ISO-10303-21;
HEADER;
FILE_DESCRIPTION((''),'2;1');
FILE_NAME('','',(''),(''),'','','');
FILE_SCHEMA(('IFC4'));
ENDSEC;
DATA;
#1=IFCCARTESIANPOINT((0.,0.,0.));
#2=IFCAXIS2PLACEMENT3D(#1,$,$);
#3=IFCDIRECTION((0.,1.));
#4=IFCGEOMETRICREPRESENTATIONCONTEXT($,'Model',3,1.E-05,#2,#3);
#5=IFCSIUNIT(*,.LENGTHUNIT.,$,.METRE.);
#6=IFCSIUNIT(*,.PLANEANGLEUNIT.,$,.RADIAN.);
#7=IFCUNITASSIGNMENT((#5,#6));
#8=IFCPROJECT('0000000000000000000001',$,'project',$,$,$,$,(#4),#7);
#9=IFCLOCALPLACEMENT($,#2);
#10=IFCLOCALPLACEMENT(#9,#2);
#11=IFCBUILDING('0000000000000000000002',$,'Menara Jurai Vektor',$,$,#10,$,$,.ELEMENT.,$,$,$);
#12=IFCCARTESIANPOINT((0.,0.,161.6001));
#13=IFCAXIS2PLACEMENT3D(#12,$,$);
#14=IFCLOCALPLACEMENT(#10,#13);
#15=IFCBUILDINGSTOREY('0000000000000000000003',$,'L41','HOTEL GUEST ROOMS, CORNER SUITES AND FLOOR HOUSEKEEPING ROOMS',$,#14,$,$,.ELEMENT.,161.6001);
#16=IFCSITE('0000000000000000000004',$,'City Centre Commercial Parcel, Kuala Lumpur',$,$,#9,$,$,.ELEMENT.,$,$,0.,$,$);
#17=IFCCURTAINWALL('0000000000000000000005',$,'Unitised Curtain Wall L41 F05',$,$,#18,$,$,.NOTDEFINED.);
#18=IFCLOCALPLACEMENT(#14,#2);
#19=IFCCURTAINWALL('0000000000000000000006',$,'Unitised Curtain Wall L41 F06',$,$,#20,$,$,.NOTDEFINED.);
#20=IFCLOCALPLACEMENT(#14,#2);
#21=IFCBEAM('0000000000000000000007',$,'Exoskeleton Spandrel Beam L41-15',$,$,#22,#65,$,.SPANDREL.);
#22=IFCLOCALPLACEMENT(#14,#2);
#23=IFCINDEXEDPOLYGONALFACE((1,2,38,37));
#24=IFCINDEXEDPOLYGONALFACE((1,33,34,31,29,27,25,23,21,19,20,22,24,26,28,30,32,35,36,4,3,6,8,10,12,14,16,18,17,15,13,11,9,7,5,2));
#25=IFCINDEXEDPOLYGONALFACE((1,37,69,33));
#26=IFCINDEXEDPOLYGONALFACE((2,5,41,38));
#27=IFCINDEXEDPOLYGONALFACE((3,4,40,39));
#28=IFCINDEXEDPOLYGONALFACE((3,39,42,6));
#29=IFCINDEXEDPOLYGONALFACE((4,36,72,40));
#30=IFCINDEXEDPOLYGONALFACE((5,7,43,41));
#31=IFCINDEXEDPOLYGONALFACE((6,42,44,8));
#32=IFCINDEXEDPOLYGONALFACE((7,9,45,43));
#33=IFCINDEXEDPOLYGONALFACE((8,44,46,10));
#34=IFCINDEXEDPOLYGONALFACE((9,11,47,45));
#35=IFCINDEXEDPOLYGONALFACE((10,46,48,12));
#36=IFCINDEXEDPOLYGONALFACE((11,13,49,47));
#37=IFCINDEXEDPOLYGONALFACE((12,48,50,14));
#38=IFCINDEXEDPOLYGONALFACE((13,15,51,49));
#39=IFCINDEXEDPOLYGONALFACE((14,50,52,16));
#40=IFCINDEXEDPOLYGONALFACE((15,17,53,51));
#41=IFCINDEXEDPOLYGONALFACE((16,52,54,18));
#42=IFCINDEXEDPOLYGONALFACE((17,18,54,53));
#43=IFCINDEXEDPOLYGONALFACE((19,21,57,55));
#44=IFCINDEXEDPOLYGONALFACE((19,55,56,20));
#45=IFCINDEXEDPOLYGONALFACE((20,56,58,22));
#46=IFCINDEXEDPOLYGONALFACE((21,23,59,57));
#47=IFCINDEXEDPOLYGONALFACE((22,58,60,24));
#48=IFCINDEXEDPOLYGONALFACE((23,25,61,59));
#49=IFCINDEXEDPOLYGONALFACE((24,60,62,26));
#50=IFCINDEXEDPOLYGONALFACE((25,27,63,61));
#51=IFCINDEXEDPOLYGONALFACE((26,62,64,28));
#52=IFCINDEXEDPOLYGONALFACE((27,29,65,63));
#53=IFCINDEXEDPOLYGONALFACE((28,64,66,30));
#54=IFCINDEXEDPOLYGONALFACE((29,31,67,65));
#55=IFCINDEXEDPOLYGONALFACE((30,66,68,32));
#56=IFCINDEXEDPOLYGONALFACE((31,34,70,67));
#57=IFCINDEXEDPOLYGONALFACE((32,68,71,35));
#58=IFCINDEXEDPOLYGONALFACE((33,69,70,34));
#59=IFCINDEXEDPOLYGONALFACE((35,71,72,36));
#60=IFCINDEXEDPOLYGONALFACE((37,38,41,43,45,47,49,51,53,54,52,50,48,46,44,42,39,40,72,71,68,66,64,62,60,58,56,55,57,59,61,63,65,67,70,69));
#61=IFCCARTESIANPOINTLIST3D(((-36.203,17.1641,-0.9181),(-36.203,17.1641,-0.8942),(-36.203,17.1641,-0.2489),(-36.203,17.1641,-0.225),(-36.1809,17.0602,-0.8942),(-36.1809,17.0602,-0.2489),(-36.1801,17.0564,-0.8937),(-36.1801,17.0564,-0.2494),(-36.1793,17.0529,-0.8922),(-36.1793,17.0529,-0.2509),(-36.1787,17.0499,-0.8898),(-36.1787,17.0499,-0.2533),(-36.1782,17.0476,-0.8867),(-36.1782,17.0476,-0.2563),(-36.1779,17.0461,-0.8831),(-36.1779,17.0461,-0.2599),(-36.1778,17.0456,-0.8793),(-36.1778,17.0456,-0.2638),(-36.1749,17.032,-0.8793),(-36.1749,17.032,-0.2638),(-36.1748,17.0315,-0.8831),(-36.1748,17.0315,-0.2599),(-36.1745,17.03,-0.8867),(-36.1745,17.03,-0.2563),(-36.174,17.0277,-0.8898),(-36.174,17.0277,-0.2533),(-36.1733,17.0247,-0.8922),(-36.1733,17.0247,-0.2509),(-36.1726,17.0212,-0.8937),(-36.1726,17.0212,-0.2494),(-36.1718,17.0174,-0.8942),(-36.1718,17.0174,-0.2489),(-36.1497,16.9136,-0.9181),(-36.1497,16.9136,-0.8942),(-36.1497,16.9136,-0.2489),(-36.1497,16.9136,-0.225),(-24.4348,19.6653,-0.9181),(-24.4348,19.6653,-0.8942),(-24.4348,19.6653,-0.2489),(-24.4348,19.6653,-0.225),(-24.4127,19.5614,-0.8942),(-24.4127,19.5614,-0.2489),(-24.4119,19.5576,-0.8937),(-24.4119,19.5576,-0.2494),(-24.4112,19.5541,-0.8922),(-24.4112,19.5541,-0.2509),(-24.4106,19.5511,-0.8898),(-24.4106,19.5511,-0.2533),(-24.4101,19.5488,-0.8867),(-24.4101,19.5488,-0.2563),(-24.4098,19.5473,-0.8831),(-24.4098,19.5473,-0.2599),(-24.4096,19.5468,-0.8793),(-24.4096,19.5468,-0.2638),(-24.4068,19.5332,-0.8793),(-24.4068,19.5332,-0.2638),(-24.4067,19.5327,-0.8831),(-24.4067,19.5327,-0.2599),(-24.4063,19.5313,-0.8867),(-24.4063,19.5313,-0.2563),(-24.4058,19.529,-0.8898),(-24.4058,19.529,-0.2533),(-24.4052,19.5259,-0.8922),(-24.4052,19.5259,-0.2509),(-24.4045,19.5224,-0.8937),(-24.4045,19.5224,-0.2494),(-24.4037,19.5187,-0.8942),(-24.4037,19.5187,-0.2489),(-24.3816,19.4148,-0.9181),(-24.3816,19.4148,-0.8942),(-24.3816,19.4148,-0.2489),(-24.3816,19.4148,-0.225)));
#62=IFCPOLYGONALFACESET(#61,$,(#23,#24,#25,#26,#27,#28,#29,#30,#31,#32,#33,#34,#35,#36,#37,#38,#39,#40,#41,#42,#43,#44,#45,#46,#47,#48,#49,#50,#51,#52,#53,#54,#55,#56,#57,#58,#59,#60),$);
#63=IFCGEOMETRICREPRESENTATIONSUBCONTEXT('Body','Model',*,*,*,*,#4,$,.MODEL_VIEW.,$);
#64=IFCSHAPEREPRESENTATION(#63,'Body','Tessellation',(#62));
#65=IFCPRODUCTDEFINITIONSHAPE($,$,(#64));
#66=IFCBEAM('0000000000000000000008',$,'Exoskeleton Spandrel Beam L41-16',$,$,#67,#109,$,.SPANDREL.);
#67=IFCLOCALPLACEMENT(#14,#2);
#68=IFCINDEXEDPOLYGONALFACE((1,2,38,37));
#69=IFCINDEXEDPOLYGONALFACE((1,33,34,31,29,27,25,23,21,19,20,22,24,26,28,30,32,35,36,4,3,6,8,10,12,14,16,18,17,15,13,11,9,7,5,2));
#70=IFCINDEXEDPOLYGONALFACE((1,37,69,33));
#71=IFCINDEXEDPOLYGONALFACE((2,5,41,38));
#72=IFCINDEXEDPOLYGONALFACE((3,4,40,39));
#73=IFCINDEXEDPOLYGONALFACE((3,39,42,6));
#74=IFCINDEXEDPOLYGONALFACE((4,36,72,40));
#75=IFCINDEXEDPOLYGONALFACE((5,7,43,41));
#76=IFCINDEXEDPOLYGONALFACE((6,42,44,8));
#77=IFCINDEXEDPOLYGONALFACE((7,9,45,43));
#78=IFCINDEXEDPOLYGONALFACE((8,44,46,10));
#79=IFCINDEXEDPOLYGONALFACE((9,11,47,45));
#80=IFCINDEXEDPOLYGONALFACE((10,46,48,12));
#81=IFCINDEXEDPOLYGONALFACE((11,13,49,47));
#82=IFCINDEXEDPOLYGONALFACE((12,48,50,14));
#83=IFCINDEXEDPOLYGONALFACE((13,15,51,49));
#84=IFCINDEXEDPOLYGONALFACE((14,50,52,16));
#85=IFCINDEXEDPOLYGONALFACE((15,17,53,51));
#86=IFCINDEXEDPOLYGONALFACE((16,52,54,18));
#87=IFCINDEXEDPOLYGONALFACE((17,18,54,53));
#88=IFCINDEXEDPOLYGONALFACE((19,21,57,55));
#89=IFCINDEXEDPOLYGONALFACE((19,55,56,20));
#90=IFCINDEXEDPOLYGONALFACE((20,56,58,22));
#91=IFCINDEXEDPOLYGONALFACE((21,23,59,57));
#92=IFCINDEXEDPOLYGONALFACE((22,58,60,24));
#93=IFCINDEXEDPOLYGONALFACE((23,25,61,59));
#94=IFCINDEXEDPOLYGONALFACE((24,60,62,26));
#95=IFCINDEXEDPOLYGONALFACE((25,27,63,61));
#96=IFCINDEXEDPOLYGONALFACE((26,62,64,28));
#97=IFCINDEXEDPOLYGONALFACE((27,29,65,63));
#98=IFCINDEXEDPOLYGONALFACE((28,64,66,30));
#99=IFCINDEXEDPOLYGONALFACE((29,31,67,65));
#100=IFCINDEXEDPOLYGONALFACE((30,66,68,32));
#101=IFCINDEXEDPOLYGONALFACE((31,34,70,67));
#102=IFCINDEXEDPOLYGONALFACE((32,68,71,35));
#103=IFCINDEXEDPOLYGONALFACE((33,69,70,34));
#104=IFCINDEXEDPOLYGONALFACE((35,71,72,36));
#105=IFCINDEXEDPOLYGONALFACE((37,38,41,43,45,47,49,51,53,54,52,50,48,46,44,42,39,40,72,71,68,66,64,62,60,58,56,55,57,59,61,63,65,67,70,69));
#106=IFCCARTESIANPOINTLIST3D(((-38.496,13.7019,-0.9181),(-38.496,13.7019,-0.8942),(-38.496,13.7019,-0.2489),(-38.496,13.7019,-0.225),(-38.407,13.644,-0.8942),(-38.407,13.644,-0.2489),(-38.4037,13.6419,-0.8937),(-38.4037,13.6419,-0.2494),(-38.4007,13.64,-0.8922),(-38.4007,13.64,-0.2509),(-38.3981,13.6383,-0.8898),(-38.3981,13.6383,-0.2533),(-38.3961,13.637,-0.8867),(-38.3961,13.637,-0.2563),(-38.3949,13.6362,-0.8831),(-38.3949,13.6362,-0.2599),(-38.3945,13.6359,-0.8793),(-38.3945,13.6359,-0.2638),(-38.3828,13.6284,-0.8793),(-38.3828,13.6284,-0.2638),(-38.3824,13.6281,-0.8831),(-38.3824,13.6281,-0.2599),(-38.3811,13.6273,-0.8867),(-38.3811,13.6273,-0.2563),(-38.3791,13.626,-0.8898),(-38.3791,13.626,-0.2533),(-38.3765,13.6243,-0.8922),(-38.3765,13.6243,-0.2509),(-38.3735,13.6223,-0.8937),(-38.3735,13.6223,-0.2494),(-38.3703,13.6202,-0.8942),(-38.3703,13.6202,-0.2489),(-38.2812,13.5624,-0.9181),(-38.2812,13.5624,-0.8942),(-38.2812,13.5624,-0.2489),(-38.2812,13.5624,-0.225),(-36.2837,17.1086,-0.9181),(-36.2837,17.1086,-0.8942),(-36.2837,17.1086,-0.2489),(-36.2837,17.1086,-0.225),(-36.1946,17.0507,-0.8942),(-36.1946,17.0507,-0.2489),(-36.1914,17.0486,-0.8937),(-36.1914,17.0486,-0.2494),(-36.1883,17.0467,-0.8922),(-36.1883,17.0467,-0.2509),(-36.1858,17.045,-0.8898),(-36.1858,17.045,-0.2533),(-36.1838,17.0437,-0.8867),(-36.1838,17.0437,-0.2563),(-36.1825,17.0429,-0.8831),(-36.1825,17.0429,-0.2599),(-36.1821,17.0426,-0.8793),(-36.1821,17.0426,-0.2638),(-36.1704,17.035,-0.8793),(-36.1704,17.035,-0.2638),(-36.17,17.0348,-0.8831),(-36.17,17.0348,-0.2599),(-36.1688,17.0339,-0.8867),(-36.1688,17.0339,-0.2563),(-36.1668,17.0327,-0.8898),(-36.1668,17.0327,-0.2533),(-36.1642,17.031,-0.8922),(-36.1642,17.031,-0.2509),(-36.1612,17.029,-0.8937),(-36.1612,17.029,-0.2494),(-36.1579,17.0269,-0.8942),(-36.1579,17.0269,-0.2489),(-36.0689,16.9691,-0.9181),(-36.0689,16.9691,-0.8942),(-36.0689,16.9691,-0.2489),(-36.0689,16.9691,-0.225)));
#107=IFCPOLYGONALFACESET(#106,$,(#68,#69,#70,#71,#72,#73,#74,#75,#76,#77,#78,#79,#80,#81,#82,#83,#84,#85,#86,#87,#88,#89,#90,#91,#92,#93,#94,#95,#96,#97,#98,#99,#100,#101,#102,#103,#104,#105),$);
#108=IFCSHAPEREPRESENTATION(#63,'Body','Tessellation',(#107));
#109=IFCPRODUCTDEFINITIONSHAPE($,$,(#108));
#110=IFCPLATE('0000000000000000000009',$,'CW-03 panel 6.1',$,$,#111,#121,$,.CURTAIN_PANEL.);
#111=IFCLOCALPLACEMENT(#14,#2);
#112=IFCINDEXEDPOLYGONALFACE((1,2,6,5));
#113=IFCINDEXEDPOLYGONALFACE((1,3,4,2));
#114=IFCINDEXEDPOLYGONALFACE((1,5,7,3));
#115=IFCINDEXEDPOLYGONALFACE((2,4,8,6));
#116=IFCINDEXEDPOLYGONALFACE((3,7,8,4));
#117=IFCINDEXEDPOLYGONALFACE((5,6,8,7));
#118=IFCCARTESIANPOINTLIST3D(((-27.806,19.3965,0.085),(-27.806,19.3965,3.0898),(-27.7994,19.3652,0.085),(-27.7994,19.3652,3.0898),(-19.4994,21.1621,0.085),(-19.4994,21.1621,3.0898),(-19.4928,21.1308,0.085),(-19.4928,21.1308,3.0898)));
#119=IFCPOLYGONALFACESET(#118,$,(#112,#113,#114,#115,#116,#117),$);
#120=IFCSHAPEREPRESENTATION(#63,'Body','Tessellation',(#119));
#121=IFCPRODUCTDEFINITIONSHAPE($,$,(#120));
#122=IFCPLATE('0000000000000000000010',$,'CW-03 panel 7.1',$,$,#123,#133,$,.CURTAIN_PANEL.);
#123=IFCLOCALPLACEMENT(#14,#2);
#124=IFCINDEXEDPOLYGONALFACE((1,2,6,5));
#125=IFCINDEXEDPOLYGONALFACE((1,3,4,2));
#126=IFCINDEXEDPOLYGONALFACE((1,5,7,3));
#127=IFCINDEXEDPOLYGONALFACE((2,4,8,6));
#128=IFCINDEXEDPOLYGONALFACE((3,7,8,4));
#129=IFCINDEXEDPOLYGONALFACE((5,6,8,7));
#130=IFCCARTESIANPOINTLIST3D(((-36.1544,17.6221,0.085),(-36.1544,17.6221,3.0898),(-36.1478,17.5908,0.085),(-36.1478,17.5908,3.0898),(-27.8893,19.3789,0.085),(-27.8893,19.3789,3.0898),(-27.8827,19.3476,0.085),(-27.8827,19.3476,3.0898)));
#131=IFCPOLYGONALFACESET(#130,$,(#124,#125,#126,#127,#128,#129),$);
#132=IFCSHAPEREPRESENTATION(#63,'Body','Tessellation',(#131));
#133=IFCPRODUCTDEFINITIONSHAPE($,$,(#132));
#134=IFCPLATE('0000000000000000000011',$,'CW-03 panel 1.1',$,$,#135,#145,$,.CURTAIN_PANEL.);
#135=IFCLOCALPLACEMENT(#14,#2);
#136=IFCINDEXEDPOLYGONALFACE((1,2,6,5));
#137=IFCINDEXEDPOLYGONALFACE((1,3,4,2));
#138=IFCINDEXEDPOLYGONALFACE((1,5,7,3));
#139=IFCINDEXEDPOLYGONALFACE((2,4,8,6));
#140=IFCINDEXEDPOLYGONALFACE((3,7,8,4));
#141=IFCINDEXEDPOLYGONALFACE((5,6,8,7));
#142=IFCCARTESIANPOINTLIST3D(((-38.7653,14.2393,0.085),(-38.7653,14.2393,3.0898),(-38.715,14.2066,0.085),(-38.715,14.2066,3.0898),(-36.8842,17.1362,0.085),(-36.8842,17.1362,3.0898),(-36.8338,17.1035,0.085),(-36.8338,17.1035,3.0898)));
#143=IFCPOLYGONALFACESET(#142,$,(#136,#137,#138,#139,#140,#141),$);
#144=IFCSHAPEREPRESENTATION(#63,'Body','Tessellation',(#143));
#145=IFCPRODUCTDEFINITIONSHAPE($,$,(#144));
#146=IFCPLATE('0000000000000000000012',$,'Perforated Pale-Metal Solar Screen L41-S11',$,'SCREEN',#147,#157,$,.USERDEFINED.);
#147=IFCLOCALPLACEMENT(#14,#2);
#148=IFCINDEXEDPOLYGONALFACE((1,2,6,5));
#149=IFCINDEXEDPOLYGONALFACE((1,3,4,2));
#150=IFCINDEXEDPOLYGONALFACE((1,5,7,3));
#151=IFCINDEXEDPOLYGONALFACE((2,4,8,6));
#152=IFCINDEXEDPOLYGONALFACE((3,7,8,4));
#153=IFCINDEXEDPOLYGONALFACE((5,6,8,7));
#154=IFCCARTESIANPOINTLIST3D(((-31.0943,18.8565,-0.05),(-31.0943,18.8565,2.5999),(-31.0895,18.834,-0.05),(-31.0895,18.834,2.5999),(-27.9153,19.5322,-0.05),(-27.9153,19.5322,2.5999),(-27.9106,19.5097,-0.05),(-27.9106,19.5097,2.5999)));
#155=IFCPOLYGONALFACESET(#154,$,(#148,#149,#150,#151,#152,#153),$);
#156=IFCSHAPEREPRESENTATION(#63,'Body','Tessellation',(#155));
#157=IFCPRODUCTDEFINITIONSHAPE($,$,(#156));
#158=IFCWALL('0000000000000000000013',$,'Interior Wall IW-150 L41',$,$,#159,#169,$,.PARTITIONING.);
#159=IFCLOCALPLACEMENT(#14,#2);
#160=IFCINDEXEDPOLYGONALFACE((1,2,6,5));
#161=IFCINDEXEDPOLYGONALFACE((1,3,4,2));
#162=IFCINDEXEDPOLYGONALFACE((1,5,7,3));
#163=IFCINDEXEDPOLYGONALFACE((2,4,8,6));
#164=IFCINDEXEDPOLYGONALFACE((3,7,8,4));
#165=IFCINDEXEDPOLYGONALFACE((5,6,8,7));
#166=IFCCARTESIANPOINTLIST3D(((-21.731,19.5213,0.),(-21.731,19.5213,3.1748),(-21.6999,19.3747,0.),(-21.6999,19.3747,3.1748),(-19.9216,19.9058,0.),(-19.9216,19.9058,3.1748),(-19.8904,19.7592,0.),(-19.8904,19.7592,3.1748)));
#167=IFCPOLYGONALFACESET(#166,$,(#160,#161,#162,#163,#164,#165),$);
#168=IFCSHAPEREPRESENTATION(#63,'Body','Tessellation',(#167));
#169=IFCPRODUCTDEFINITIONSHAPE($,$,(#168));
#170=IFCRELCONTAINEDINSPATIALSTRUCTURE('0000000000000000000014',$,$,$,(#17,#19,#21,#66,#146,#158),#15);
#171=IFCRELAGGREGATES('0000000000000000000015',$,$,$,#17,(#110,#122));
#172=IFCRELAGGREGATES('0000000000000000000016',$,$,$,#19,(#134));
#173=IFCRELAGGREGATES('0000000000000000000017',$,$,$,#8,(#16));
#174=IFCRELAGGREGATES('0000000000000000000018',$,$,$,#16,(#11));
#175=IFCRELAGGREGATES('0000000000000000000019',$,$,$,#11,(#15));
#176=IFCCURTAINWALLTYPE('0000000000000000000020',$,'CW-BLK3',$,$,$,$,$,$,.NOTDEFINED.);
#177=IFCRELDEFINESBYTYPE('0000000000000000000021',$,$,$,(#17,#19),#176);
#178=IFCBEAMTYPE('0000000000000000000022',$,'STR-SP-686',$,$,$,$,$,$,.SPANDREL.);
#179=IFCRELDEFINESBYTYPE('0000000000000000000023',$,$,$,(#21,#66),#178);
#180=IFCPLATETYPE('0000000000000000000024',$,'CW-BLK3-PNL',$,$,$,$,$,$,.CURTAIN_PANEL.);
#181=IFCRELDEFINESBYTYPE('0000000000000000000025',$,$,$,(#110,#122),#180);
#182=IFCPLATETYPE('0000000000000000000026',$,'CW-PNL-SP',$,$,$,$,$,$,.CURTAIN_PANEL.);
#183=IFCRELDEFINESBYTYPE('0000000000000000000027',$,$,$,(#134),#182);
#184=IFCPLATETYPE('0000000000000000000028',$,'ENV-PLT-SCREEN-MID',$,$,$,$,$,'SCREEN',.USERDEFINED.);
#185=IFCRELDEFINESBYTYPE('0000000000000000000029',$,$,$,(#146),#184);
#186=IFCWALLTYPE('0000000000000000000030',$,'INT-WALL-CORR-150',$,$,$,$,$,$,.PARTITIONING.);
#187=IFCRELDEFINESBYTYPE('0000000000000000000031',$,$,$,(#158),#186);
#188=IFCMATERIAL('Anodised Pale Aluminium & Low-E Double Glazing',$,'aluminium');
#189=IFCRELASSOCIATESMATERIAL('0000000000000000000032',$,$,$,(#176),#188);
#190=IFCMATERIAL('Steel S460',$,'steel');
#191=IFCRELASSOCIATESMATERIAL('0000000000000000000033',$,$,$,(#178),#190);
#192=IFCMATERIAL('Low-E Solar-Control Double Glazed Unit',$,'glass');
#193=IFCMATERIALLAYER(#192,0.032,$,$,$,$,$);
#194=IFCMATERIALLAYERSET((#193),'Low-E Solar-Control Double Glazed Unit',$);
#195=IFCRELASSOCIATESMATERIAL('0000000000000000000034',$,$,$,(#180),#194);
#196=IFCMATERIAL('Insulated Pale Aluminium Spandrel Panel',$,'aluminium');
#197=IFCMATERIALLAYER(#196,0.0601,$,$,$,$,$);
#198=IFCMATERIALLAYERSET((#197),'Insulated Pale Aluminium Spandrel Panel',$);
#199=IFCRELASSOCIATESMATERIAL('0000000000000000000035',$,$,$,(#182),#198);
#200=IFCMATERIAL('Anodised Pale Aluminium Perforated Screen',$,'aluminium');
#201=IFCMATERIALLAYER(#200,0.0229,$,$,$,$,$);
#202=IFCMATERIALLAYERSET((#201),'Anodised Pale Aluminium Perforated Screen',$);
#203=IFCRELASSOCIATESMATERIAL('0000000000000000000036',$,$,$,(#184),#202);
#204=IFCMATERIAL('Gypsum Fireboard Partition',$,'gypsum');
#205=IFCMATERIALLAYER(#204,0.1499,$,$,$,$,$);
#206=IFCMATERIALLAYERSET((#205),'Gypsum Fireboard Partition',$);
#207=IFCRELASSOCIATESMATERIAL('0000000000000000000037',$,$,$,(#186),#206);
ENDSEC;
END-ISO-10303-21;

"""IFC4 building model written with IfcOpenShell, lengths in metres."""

from ifc_helpers import new_model, si_unit, direction, frame, frame_2d, origin, origin_2d, place, context, subcontext, project, spatial, rectangle, i_section, extrude, material, layer, layer_set, material_profile, profile_set, type_object, element, aggregate, save


model = new_model("IFC4")

# Units and contexts
model_context = context("Model", 3, precision=1e-05, world=origin(), true_north=direction((0.0, 1.0)))
body_context = subcontext(model_context, "Body", "Model", "MODEL_VIEW")
ifc_project = project(units=[si_unit("LENGTHUNIT", "METRE"), si_unit("PLANEANGLEUNIT", "RADIAN")], contexts=[model_context])

# Site, building, storey
site_placement = place(None, origin())
site = spatial("IfcSite", under=ifc_project, at=site_placement, Name="City Centre Commercial Parcel, Kuala Lumpur", CompositionType="ELEMENT", RefElevation=0.0)
building_placement = place(site_placement, origin())
building = spatial("IfcBuilding", under=site, at=building_placement, Name="Menara Jurai Vektor", CompositionType="ELEMENT")
storey_placement = place(building_placement, frame((0.0, 0.0, 161.6001)))
storey = spatial("IfcBuildingStorey", under=building, at=storey_placement, Name="L41", Description="HOTEL GUEST ROOMS, CORNER SUITES AND FLOOR HOUSEKEEPING ROOMS", CompositionType="ELEMENT", Elevation=161.6001)

# Shared definitions
ifc_material_1 = material(Name="Steel S460", Category="steel")

# Curtain walls
ifc_material_2 = material(Name="Anodised Pale Aluminium & Low-E Double Glazing", Category="aluminium")
curtain_wall_type = type_object("IfcCurtainWallType", Name="CW-BLK3", PredefinedType="NOTDEFINED", material=ifc_material_2)
curtain_wall_1_placement = place(storey_placement, origin())
curtain_wall_1 = element("IfcCurtainWall", 1, at=curtain_wall_1_placement, inside=storey, type_object=curtain_wall_type, Name="Unitised Curtain Wall L41 F05", PredefinedType="NOTDEFINED")
curtain_wall_2_placement = place(storey_placement, origin())
curtain_wall_2 = element("IfcCurtainWall", 2, at=curtain_wall_2_placement, inside=storey, type_object=curtain_wall_type, Name="Unitised Curtain Wall L41 F06", PredefinedType="NOTDEFINED")

# Beams
ifc_material_profile_1 = material_profile(ifc_material_1, i_section(OverallWidth=0.2561, OverallDepth=0.6931, WebThickness=0.0139, FlangeThickness=0.0239, FilletRadius=0.0149, at=origin_2d()), Name="UKB 686x254x170")
ifc_profile_set_1 = profile_set([ifc_material_profile_1], Name="Steel S460")
beam_type_1 = type_object("IfcBeamType", Name="STR-SP-686", PredefinedType="SPANDREL", material=ifc_profile_set_1)
beam_1_placement = place(storey_placement, frame((-24.4082, 19.54, -0.5715), z_axis=(-0.97815, -0.207899, 0.0), x_axis=(0.207899, -0.97815, 0.0)))
element("IfcBeam", 3, at=beam_1_placement, inside=storey, type_object=beam_type_1, Name="Exoskeleton Spandrel Beam L41-15", PredefinedType="SPANDREL", context=body_context, shape_type="SweptSolid", body=[
    extrude(i_section(OverallWidth=0.2561, OverallDepth=0.6931, WebThickness=0.0139, FlangeThickness=0.0239, FilletRadius=0.0149, at=origin_2d()), origin(), (0.0, 0.0, 1.0), 12.031),
])
beam_2_placement = place(storey_placement, frame((-36.1763, 17.0388, -0.5715), z_axis=(-0.544646, -0.838666, 0.0), x_axis=(0.838666, -0.544646, 0.0)))
element("IfcBeam", 4, at=beam_2_placement, inside=storey, type_object=beam_type_1, Name="Exoskeleton Spandrel Beam L41-16", PredefinedType="SPANDREL", context=body_context, shape_type="SweptSolid", body=[
    extrude(i_section(OverallWidth=0.2561, OverallDepth=0.6931, WebThickness=0.0139, FlangeThickness=0.0239, FilletRadius=0.0149, at=origin_2d()), origin(), (0.0, 0.0, 1.0), 4.062),
])

# Plates
ifc_material_3 = material(Name="Low-E Solar-Control Double Glazed Unit", Category="glass")
ifc_layer_1 = layer(ifc_material_3, 0.032)
ifc_layer_set_1 = layer_set([ifc_layer_1], Name="Low-E Solar-Control Double Glazed Unit")
plate_type_1 = type_object("IfcPlateType", Name="CW-BLK3-PNL", PredefinedType="CURTAIN_PANEL", material=ifc_layer_set_1)
plate_1_placement = place(storey_placement, frame((-23.6494, 20.2637, 0.085), z_axis=(0.0, 0.0, 1.0), x_axis=(-0.978148, -0.207911, 0.0)))
plate_1 = element("IfcPlate", 5, at=plate_1_placement, type_object=plate_type_1, Name="CW-03 panel 6.1", PredefinedType="CURTAIN_PANEL", context=body_context, shape_type="SweptSolid", body=[
    extrude(rectangle(XDim=8.4922, YDim=0.032, at=origin_2d()), origin(), (0.0, 0.0, 1.0), 3.0049),
])
plate_2_placement = place(storey_placement, frame((-32.0186, 18.4849, 0.085), z_axis=(0.0, 0.0, 1.0), x_axis=(-0.978148, -0.207911, 0.0)))
plate_2 = element("IfcPlate", 6, at=plate_2_placement, type_object=plate_type_1, Name="CW-03 panel 7.1", PredefinedType="CURTAIN_PANEL", context=body_context, shape_type="SweptSolid", body=[
    extrude(rectangle(XDim=8.4497, YDim=0.032, at=origin_2d()), origin(), (0.0, 0.0, 1.0), 3.0049),
])
aggregate(curtain_wall_1, [plate_1, plate_2])
ifc_material_4 = material(Name="Insulated Pale Aluminium Spandrel Panel", Category="aluminium")
ifc_layer_2 = layer(ifc_material_4, 0.0601)
ifc_layer_set_2 = layer_set([ifc_layer_2], Name="Insulated Pale Aluminium Spandrel Panel")
plate_type_2 = type_object("IfcPlateType", Name="CW-PNL-SP", PredefinedType="CURTAIN_PANEL", material=ifc_layer_set_2)
plate_3_placement = place(storey_placement, frame((-37.7996, 15.6714, 0.085), z_axis=(0.0, 0.0, 1.0), x_axis=(-0.544618, -0.838684, 0.0)))
plate_3 = element("IfcPlate", 7, at=plate_3_placement, type_object=plate_type_2, Name="CW-03 panel 1.1", PredefinedType="CURTAIN_PANEL", context=body_context, shape_type="SweptSolid", body=[
    extrude(rectangle(XDim=3.4541, YDim=0.0601, at=origin_2d()), origin(), (0.0, 0.0, 1.0), 3.0049),
])
aggregate(curtain_wall_2, [plate_3])
ifc_material_5 = material(Name="Anodised Pale Aluminium Perforated Screen", Category="aluminium")
ifc_layer_3 = layer(ifc_material_5, 0.0229)
ifc_layer_set_3 = layer_set([ifc_layer_3], Name="Anodised Pale Aluminium Perforated Screen")
plate_type_3 = type_object("IfcPlateType", Name="ENV-PLT-SCREEN-MID", ElementType="SCREEN", PredefinedType="USERDEFINED", material=ifc_layer_set_3)
plate_4_placement = place(storey_placement, frame((-29.5024, 19.1831, -0.05), z_axis=(0.0, 0.0, 1.0), x_axis=(-0.978148, -0.207912, 0.0)))
element("IfcPlate", 8, at=plate_4_placement, inside=storey, type_object=plate_type_3, Name="Perforated Pale-Metal Solar Screen L41-S11", ObjectType="SCREEN", PredefinedType="USERDEFINED", context=body_context, shape_type="SweptSolid", body=[
    extrude(rectangle(XDim=3.25, YDim=0.0229, at=origin_2d()), origin(), (0.0, 0.0, 1.0), 2.6499),
])

# Wall
ifc_material_6 = material(Name="Gypsum Fireboard Partition", Category="gypsum")
ifc_layer_4 = layer(ifc_material_6, 0.1499)
ifc_layer_set_4 = layer_set([ifc_layer_4], Name="Gypsum Fireboard Partition")
wall_type = type_object("IfcWallType", Name="INT-WALL-CORR-150", PredefinedType="PARTITIONING", material=ifc_layer_set_4)
wall_1_placement = place(storey_placement, frame((-21.7153, 19.448, 0.0), z_axis=(0.0, 0.0, 1.0), x_axis=(0.97816, 0.207852, 0.0)))
element("IfcWall", 9, at=wall_1_placement, inside=storey, type_object=wall_type, Name="Interior Wall IW-150 L41", PredefinedType="PARTITIONING", context=body_context, shape_type="SweptSolid", body=[
    extrude(rectangle(XDim=1.8499, YDim=0.1499, at=frame_2d((0.9248, 0.0))), origin(), (0.0, 0.0, 1.0), 3.1748),
])

save(model, "model.ifc")
